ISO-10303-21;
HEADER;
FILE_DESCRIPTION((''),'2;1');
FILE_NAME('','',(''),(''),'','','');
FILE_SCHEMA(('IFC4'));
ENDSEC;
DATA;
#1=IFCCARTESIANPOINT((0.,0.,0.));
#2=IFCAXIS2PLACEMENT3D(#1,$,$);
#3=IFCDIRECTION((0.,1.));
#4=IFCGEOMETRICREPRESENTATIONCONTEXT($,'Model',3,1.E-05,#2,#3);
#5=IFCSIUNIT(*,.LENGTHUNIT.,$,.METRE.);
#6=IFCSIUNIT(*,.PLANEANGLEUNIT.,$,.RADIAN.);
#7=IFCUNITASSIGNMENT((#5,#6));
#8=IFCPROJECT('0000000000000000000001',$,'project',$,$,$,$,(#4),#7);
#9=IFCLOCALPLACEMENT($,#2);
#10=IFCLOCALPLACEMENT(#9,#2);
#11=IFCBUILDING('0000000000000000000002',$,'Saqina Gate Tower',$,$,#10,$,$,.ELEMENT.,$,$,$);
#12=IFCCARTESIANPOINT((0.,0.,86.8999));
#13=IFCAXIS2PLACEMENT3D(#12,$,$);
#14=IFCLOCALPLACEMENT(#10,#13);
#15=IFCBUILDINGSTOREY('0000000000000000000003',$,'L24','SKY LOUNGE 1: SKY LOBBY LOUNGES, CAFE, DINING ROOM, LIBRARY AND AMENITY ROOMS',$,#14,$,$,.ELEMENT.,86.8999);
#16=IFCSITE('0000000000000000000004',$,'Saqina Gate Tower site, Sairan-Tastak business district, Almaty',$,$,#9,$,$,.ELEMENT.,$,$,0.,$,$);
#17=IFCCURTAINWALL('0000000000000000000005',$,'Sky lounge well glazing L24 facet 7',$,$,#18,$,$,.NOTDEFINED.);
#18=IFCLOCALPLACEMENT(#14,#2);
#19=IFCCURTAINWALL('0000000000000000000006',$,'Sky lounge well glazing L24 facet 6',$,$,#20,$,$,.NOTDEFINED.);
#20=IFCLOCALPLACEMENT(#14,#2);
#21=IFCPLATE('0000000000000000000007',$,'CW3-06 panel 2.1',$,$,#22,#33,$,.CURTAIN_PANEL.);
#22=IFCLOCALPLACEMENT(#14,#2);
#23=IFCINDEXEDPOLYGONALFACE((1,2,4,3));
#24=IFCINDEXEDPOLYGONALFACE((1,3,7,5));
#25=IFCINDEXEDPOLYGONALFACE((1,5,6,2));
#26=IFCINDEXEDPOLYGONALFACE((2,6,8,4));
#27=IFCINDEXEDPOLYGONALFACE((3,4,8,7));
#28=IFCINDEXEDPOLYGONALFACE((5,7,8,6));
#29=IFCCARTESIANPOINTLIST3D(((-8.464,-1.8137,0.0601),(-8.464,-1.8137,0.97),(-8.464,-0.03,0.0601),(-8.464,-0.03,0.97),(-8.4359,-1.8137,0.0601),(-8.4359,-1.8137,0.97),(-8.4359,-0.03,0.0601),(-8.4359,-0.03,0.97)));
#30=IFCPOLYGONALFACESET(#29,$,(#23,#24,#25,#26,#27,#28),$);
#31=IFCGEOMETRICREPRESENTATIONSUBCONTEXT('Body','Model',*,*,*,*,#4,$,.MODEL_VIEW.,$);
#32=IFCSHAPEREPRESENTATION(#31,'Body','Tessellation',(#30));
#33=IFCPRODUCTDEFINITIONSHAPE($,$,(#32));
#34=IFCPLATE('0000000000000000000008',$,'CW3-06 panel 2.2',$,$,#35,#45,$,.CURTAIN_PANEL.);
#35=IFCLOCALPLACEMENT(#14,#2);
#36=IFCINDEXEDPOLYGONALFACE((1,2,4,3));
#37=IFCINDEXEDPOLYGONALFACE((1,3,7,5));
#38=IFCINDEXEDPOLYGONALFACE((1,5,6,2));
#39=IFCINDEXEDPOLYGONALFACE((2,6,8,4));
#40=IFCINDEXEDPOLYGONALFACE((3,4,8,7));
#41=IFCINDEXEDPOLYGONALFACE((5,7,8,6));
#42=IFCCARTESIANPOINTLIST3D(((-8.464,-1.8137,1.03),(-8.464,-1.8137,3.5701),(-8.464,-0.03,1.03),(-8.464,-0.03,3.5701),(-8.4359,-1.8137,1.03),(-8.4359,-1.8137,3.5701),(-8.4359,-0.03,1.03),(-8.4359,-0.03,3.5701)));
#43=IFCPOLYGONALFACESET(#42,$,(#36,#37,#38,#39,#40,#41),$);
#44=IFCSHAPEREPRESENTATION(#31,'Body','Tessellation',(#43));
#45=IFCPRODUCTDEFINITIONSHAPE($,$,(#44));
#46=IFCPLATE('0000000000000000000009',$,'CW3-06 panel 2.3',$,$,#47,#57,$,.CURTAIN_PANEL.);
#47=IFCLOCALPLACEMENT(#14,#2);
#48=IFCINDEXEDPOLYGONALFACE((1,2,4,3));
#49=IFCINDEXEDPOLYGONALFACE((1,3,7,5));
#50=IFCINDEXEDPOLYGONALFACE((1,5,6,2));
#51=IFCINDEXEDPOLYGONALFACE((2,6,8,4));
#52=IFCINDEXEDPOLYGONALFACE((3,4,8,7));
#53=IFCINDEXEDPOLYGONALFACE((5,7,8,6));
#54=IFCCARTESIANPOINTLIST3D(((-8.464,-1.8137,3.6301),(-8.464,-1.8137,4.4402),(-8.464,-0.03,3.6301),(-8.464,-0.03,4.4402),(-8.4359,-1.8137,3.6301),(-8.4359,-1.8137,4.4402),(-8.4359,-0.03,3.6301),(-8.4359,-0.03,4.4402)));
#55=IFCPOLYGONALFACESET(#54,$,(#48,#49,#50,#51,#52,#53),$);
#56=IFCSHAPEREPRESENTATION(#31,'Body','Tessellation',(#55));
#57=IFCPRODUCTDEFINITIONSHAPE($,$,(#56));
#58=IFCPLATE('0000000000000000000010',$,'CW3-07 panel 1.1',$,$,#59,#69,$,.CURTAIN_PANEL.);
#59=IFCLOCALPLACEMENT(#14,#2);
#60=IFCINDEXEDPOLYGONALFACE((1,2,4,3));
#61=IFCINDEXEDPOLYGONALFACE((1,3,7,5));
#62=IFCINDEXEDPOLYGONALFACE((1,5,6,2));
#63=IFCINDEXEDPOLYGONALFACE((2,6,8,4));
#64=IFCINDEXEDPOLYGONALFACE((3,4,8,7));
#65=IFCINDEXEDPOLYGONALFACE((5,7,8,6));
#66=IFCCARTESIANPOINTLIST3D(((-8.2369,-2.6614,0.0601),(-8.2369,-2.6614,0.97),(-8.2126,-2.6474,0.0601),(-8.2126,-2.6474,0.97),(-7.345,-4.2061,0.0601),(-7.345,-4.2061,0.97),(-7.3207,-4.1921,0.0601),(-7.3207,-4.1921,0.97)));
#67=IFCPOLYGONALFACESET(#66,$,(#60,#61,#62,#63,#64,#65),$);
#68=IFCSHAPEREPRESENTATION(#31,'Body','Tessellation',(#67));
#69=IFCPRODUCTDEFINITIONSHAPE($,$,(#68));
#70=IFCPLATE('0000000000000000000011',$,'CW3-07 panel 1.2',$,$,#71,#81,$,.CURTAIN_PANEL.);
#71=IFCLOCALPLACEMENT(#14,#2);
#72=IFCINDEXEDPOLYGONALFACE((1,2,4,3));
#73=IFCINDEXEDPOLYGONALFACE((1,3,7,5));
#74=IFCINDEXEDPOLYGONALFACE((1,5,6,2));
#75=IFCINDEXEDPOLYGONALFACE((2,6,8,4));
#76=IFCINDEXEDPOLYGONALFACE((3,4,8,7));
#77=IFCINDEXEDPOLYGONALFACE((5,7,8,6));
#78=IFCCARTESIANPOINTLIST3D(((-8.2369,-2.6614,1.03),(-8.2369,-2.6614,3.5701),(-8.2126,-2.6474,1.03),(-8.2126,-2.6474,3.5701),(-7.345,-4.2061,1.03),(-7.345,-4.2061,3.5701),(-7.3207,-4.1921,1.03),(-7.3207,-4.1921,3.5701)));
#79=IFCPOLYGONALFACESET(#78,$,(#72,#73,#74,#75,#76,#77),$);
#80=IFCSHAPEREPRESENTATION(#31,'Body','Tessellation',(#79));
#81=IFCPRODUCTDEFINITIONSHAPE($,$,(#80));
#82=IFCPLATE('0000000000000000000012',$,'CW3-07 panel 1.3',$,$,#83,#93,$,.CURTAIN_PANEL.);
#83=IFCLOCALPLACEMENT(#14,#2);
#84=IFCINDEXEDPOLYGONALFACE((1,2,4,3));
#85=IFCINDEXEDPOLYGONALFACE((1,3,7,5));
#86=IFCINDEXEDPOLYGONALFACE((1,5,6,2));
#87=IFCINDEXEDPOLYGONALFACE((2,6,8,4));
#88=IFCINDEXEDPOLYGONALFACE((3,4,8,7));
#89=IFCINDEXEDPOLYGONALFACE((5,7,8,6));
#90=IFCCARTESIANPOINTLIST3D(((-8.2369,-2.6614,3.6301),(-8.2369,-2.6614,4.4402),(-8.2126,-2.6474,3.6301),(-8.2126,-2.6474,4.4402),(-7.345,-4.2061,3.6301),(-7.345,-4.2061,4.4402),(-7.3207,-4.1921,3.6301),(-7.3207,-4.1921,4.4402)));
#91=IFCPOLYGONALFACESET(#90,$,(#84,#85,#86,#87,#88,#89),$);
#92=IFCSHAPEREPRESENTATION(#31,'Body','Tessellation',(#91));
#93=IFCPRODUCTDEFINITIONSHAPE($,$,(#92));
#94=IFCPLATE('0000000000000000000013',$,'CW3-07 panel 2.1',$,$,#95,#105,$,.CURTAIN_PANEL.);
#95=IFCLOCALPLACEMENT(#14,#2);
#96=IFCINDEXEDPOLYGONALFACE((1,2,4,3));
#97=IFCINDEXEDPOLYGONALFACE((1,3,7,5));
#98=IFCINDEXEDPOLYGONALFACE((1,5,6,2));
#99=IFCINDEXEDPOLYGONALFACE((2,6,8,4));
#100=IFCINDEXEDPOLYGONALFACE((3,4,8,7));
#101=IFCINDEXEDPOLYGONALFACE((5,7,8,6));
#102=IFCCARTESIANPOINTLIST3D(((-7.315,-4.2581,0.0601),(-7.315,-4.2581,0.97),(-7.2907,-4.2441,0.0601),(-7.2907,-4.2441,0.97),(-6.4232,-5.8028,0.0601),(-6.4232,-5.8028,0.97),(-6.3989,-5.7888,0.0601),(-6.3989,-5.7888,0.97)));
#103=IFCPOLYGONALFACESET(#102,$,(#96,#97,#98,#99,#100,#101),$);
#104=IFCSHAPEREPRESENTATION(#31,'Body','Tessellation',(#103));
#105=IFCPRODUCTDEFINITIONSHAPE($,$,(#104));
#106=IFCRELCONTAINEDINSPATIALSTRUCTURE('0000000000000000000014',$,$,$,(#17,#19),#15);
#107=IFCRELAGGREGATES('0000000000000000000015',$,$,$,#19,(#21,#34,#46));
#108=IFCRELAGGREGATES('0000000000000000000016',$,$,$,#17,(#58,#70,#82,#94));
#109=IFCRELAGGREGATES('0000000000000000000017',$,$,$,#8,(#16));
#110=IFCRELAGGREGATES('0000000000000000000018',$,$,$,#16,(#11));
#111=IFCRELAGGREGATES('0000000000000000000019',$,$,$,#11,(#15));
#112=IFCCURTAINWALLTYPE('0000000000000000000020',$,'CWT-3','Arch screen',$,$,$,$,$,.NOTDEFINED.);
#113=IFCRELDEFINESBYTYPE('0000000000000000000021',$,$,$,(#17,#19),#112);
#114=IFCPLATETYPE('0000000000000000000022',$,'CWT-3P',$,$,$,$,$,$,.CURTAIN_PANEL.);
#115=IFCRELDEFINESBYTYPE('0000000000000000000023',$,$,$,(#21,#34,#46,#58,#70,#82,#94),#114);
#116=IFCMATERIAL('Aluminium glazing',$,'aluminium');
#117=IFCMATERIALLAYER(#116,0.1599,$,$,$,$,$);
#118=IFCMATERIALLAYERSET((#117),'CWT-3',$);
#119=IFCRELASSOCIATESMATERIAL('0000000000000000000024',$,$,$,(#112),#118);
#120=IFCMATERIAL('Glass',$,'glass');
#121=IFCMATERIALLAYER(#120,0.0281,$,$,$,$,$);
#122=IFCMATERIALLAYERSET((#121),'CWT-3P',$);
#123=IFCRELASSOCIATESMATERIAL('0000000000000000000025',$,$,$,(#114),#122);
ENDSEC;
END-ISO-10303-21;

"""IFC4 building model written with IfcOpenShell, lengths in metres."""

from ifc_helpers import new_model, si_unit, direction, frame, origin, origin_2d, place, context, subcontext, project, spatial, rectangle, extrude, material, layer, layer_set, type_object, element, aggregate, save


model = new_model("IFC4")

# Units and contexts
model_context = context("Model", 3, precision=1e-05, world=origin(), true_north=direction((0.0, 1.0)))
body_context = subcontext(model_context, "Body", "Model", "MODEL_VIEW")
ifc_project = project(units=[si_unit("LENGTHUNIT", "METRE"), si_unit("PLANEANGLEUNIT", "RADIAN")], contexts=[model_context])

# Site, building, storey
site_placement = place(None, origin())
site = spatial("IfcSite", under=ifc_project, at=site_placement, Name="Saqina Gate Tower site, Sairan-Tastak business district, Almaty", CompositionType="ELEMENT", RefElevation=0.0)
building_placement = place(site_placement, origin())
building = spatial("IfcBuilding", under=site, at=building_placement, Name="Saqina Gate Tower", CompositionType="ELEMENT")
storey_placement = place(building_placement, frame((0.0, 0.0, 86.8999)))
storey = spatial("IfcBuildingStorey", under=building, at=storey_placement, Name="L24", Description="SKY LOUNGE 1: SKY LOBBY LOUNGES, CAFE, DINING ROOM, LIBRARY AND AMENITY ROOMS", CompositionType="ELEMENT", Elevation=86.8999)

# Curtain walls
ifc_material_1 = material(Name="Aluminium glazing", Category="aluminium")
ifc_layer_1 = layer(ifc_material_1, 0.1599)
ifc_layer_set_1 = layer_set([ifc_layer_1], Name="CWT-3")
curtain_wall_type = type_object("IfcCurtainWallType", Name="CWT-3", Description="Arch screen", PredefinedType="NOTDEFINED", material=ifc_layer_set_1)
curtain_wall_1_placement = place(storey_placement, origin())
curtain_wall_1 = element("IfcCurtainWall", 1, at=curtain_wall_1_placement, inside=storey, type_object=curtain_wall_type, Name="Sky lounge well glazing L24 facet 7", PredefinedType="NOTDEFINED")
curtain_wall_2_placement = place(storey_placement, origin())
curtain_wall_2 = element("IfcCurtainWall", 2, at=curtain_wall_2_placement, inside=storey, type_object=curtain_wall_type, Name="Sky lounge well glazing L24 facet 6", PredefinedType="NOTDEFINED")

# Plates
ifc_material_2 = material(Name="Glass", Category="glass")
ifc_layer_2 = layer(ifc_material_2, 0.0281)
ifc_layer_set_2 = layer_set([ifc_layer_2], Name="CWT-3P")
plate_type = type_object("IfcPlateType", Name="CWT-3P", PredefinedType="CURTAIN_PANEL", material=ifc_layer_set_2)
plate_1_placement = place(storey_placement, frame((-8.45, -0.9219, 0.0601), z_axis=(0.0, 0.0, 1.0), x_axis=(0.0, -1.0, 0.0)))
plate_1 = element("IfcPlate", 3, at=plate_1_placement, type_object=plate_type, Name="CW3-06 panel 2.1", PredefinedType="CURTAIN_PANEL", context=body_context, shape_type="SweptSolid", body=[
    extrude(rectangle(XDim=1.7837, YDim=0.0281, at=origin_2d()), origin(), (0.0, 0.0, 1.0), 0.9099),
])
plate_2_placement = place(storey_placement, frame((-8.45, -0.9219, 1.03), z_axis=(0.0, 0.0, 1.0), x_axis=(0.0, -1.0, 0.0)))
plate_2 = element("IfcPlate", 4, at=plate_2_placement, type_object=plate_type, Name="CW3-06 panel 2.2", PredefinedType="CURTAIN_PANEL", context=body_context, shape_type="SweptSolid", body=[
    extrude(rectangle(XDim=1.7837, YDim=0.0281, at=origin_2d()), origin(), (0.0, 0.0, 1.0), 2.54),
])
plate_3_placement = place(storey_placement, frame((-8.45, -0.9219, 3.6301), z_axis=(0.0, 0.0, 1.0), x_axis=(0.0, -1.0, 0.0)))
plate_3 = element("IfcPlate", 5, at=plate_3_placement, type_object=plate_type, Name="CW3-06 panel 2.3", PredefinedType="CURTAIN_PANEL", context=body_context, shape_type="SweptSolid", body=[
    extrude(rectangle(XDim=1.7837, YDim=0.0281, at=origin_2d()), origin(), (0.0, 0.0, 1.0), 0.8101),
])
aggregate(curtain_wall_2, [plate_1, plate_2, plate_3])
plate_4_placement = place(storey_placement, frame((-7.7788, -3.4268, 0.0601), z_axis=(0.0, 0.0, 1.0), x_axis=(0.499993, -0.866029, 0.0)))
plate_4 = element("IfcPlate", 6, at=plate_4_placement, type_object=plate_type, Name="CW3-07 panel 1.1", PredefinedType="CURTAIN_PANEL", context=body_context, shape_type="SweptSolid", body=[
    extrude(rectangle(XDim=1.7837, YDim=0.0281, at=origin_2d()), origin(), (0.0, 0.0, 1.0), 0.9099),
])
plate_5_placement = place(storey_placement, frame((-7.7788, -3.4268, 1.03), z_axis=(0.0, 0.0, 1.0), x_axis=(0.499993, -0.866029, 0.0)))
plate_5 = element("IfcPlate", 7, at=plate_5_placement, type_object=plate_type, Name="CW3-07 panel 1.2", PredefinedType="CURTAIN_PANEL", context=body_context, shape_type="SweptSolid", body=[
    extrude(rectangle(XDim=1.7837, YDim=0.0281, at=origin_2d()), origin(), (0.0, 0.0, 1.0), 2.54),
])
plate_6_placement = place(storey_placement, frame((-7.7788, -3.4268, 3.6301), z_axis=(0.0, 0.0, 1.0), x_axis=(0.499993, -0.866029, 0.0)))
plate_6 = element("IfcPlate", 8, at=plate_6_placement, type_object=plate_type, Name="CW3-07 panel 1.3", PredefinedType="CURTAIN_PANEL", context=body_context, shape_type="SweptSolid", body=[
    extrude(rectangle(XDim=1.7837, YDim=0.0281, at=origin_2d()), origin(), (0.0, 0.0, 1.0), 0.8101),
])
plate_7_placement = place(storey_placement, frame((-6.8569, -5.0234, 0.0601), z_axis=(0.0, 0.0, 1.0), x_axis=(0.499993, -0.866029, 0.0)))
plate_7 = element("IfcPlate", 9, at=plate_7_placement, type_object=plate_type, Name="CW3-07 panel 2.1", PredefinedType="CURTAIN_PANEL", context=body_context, shape_type="SweptSolid", body=[
    extrude(rectangle(XDim=1.7837, YDim=0.0281, at=origin_2d()), origin(), (0.0, 0.0, 1.0), 0.9099),
])
aggregate(curtain_wall_1, [plate_4, plate_5, plate_6, plate_7])

save(model, "model.ifc")
